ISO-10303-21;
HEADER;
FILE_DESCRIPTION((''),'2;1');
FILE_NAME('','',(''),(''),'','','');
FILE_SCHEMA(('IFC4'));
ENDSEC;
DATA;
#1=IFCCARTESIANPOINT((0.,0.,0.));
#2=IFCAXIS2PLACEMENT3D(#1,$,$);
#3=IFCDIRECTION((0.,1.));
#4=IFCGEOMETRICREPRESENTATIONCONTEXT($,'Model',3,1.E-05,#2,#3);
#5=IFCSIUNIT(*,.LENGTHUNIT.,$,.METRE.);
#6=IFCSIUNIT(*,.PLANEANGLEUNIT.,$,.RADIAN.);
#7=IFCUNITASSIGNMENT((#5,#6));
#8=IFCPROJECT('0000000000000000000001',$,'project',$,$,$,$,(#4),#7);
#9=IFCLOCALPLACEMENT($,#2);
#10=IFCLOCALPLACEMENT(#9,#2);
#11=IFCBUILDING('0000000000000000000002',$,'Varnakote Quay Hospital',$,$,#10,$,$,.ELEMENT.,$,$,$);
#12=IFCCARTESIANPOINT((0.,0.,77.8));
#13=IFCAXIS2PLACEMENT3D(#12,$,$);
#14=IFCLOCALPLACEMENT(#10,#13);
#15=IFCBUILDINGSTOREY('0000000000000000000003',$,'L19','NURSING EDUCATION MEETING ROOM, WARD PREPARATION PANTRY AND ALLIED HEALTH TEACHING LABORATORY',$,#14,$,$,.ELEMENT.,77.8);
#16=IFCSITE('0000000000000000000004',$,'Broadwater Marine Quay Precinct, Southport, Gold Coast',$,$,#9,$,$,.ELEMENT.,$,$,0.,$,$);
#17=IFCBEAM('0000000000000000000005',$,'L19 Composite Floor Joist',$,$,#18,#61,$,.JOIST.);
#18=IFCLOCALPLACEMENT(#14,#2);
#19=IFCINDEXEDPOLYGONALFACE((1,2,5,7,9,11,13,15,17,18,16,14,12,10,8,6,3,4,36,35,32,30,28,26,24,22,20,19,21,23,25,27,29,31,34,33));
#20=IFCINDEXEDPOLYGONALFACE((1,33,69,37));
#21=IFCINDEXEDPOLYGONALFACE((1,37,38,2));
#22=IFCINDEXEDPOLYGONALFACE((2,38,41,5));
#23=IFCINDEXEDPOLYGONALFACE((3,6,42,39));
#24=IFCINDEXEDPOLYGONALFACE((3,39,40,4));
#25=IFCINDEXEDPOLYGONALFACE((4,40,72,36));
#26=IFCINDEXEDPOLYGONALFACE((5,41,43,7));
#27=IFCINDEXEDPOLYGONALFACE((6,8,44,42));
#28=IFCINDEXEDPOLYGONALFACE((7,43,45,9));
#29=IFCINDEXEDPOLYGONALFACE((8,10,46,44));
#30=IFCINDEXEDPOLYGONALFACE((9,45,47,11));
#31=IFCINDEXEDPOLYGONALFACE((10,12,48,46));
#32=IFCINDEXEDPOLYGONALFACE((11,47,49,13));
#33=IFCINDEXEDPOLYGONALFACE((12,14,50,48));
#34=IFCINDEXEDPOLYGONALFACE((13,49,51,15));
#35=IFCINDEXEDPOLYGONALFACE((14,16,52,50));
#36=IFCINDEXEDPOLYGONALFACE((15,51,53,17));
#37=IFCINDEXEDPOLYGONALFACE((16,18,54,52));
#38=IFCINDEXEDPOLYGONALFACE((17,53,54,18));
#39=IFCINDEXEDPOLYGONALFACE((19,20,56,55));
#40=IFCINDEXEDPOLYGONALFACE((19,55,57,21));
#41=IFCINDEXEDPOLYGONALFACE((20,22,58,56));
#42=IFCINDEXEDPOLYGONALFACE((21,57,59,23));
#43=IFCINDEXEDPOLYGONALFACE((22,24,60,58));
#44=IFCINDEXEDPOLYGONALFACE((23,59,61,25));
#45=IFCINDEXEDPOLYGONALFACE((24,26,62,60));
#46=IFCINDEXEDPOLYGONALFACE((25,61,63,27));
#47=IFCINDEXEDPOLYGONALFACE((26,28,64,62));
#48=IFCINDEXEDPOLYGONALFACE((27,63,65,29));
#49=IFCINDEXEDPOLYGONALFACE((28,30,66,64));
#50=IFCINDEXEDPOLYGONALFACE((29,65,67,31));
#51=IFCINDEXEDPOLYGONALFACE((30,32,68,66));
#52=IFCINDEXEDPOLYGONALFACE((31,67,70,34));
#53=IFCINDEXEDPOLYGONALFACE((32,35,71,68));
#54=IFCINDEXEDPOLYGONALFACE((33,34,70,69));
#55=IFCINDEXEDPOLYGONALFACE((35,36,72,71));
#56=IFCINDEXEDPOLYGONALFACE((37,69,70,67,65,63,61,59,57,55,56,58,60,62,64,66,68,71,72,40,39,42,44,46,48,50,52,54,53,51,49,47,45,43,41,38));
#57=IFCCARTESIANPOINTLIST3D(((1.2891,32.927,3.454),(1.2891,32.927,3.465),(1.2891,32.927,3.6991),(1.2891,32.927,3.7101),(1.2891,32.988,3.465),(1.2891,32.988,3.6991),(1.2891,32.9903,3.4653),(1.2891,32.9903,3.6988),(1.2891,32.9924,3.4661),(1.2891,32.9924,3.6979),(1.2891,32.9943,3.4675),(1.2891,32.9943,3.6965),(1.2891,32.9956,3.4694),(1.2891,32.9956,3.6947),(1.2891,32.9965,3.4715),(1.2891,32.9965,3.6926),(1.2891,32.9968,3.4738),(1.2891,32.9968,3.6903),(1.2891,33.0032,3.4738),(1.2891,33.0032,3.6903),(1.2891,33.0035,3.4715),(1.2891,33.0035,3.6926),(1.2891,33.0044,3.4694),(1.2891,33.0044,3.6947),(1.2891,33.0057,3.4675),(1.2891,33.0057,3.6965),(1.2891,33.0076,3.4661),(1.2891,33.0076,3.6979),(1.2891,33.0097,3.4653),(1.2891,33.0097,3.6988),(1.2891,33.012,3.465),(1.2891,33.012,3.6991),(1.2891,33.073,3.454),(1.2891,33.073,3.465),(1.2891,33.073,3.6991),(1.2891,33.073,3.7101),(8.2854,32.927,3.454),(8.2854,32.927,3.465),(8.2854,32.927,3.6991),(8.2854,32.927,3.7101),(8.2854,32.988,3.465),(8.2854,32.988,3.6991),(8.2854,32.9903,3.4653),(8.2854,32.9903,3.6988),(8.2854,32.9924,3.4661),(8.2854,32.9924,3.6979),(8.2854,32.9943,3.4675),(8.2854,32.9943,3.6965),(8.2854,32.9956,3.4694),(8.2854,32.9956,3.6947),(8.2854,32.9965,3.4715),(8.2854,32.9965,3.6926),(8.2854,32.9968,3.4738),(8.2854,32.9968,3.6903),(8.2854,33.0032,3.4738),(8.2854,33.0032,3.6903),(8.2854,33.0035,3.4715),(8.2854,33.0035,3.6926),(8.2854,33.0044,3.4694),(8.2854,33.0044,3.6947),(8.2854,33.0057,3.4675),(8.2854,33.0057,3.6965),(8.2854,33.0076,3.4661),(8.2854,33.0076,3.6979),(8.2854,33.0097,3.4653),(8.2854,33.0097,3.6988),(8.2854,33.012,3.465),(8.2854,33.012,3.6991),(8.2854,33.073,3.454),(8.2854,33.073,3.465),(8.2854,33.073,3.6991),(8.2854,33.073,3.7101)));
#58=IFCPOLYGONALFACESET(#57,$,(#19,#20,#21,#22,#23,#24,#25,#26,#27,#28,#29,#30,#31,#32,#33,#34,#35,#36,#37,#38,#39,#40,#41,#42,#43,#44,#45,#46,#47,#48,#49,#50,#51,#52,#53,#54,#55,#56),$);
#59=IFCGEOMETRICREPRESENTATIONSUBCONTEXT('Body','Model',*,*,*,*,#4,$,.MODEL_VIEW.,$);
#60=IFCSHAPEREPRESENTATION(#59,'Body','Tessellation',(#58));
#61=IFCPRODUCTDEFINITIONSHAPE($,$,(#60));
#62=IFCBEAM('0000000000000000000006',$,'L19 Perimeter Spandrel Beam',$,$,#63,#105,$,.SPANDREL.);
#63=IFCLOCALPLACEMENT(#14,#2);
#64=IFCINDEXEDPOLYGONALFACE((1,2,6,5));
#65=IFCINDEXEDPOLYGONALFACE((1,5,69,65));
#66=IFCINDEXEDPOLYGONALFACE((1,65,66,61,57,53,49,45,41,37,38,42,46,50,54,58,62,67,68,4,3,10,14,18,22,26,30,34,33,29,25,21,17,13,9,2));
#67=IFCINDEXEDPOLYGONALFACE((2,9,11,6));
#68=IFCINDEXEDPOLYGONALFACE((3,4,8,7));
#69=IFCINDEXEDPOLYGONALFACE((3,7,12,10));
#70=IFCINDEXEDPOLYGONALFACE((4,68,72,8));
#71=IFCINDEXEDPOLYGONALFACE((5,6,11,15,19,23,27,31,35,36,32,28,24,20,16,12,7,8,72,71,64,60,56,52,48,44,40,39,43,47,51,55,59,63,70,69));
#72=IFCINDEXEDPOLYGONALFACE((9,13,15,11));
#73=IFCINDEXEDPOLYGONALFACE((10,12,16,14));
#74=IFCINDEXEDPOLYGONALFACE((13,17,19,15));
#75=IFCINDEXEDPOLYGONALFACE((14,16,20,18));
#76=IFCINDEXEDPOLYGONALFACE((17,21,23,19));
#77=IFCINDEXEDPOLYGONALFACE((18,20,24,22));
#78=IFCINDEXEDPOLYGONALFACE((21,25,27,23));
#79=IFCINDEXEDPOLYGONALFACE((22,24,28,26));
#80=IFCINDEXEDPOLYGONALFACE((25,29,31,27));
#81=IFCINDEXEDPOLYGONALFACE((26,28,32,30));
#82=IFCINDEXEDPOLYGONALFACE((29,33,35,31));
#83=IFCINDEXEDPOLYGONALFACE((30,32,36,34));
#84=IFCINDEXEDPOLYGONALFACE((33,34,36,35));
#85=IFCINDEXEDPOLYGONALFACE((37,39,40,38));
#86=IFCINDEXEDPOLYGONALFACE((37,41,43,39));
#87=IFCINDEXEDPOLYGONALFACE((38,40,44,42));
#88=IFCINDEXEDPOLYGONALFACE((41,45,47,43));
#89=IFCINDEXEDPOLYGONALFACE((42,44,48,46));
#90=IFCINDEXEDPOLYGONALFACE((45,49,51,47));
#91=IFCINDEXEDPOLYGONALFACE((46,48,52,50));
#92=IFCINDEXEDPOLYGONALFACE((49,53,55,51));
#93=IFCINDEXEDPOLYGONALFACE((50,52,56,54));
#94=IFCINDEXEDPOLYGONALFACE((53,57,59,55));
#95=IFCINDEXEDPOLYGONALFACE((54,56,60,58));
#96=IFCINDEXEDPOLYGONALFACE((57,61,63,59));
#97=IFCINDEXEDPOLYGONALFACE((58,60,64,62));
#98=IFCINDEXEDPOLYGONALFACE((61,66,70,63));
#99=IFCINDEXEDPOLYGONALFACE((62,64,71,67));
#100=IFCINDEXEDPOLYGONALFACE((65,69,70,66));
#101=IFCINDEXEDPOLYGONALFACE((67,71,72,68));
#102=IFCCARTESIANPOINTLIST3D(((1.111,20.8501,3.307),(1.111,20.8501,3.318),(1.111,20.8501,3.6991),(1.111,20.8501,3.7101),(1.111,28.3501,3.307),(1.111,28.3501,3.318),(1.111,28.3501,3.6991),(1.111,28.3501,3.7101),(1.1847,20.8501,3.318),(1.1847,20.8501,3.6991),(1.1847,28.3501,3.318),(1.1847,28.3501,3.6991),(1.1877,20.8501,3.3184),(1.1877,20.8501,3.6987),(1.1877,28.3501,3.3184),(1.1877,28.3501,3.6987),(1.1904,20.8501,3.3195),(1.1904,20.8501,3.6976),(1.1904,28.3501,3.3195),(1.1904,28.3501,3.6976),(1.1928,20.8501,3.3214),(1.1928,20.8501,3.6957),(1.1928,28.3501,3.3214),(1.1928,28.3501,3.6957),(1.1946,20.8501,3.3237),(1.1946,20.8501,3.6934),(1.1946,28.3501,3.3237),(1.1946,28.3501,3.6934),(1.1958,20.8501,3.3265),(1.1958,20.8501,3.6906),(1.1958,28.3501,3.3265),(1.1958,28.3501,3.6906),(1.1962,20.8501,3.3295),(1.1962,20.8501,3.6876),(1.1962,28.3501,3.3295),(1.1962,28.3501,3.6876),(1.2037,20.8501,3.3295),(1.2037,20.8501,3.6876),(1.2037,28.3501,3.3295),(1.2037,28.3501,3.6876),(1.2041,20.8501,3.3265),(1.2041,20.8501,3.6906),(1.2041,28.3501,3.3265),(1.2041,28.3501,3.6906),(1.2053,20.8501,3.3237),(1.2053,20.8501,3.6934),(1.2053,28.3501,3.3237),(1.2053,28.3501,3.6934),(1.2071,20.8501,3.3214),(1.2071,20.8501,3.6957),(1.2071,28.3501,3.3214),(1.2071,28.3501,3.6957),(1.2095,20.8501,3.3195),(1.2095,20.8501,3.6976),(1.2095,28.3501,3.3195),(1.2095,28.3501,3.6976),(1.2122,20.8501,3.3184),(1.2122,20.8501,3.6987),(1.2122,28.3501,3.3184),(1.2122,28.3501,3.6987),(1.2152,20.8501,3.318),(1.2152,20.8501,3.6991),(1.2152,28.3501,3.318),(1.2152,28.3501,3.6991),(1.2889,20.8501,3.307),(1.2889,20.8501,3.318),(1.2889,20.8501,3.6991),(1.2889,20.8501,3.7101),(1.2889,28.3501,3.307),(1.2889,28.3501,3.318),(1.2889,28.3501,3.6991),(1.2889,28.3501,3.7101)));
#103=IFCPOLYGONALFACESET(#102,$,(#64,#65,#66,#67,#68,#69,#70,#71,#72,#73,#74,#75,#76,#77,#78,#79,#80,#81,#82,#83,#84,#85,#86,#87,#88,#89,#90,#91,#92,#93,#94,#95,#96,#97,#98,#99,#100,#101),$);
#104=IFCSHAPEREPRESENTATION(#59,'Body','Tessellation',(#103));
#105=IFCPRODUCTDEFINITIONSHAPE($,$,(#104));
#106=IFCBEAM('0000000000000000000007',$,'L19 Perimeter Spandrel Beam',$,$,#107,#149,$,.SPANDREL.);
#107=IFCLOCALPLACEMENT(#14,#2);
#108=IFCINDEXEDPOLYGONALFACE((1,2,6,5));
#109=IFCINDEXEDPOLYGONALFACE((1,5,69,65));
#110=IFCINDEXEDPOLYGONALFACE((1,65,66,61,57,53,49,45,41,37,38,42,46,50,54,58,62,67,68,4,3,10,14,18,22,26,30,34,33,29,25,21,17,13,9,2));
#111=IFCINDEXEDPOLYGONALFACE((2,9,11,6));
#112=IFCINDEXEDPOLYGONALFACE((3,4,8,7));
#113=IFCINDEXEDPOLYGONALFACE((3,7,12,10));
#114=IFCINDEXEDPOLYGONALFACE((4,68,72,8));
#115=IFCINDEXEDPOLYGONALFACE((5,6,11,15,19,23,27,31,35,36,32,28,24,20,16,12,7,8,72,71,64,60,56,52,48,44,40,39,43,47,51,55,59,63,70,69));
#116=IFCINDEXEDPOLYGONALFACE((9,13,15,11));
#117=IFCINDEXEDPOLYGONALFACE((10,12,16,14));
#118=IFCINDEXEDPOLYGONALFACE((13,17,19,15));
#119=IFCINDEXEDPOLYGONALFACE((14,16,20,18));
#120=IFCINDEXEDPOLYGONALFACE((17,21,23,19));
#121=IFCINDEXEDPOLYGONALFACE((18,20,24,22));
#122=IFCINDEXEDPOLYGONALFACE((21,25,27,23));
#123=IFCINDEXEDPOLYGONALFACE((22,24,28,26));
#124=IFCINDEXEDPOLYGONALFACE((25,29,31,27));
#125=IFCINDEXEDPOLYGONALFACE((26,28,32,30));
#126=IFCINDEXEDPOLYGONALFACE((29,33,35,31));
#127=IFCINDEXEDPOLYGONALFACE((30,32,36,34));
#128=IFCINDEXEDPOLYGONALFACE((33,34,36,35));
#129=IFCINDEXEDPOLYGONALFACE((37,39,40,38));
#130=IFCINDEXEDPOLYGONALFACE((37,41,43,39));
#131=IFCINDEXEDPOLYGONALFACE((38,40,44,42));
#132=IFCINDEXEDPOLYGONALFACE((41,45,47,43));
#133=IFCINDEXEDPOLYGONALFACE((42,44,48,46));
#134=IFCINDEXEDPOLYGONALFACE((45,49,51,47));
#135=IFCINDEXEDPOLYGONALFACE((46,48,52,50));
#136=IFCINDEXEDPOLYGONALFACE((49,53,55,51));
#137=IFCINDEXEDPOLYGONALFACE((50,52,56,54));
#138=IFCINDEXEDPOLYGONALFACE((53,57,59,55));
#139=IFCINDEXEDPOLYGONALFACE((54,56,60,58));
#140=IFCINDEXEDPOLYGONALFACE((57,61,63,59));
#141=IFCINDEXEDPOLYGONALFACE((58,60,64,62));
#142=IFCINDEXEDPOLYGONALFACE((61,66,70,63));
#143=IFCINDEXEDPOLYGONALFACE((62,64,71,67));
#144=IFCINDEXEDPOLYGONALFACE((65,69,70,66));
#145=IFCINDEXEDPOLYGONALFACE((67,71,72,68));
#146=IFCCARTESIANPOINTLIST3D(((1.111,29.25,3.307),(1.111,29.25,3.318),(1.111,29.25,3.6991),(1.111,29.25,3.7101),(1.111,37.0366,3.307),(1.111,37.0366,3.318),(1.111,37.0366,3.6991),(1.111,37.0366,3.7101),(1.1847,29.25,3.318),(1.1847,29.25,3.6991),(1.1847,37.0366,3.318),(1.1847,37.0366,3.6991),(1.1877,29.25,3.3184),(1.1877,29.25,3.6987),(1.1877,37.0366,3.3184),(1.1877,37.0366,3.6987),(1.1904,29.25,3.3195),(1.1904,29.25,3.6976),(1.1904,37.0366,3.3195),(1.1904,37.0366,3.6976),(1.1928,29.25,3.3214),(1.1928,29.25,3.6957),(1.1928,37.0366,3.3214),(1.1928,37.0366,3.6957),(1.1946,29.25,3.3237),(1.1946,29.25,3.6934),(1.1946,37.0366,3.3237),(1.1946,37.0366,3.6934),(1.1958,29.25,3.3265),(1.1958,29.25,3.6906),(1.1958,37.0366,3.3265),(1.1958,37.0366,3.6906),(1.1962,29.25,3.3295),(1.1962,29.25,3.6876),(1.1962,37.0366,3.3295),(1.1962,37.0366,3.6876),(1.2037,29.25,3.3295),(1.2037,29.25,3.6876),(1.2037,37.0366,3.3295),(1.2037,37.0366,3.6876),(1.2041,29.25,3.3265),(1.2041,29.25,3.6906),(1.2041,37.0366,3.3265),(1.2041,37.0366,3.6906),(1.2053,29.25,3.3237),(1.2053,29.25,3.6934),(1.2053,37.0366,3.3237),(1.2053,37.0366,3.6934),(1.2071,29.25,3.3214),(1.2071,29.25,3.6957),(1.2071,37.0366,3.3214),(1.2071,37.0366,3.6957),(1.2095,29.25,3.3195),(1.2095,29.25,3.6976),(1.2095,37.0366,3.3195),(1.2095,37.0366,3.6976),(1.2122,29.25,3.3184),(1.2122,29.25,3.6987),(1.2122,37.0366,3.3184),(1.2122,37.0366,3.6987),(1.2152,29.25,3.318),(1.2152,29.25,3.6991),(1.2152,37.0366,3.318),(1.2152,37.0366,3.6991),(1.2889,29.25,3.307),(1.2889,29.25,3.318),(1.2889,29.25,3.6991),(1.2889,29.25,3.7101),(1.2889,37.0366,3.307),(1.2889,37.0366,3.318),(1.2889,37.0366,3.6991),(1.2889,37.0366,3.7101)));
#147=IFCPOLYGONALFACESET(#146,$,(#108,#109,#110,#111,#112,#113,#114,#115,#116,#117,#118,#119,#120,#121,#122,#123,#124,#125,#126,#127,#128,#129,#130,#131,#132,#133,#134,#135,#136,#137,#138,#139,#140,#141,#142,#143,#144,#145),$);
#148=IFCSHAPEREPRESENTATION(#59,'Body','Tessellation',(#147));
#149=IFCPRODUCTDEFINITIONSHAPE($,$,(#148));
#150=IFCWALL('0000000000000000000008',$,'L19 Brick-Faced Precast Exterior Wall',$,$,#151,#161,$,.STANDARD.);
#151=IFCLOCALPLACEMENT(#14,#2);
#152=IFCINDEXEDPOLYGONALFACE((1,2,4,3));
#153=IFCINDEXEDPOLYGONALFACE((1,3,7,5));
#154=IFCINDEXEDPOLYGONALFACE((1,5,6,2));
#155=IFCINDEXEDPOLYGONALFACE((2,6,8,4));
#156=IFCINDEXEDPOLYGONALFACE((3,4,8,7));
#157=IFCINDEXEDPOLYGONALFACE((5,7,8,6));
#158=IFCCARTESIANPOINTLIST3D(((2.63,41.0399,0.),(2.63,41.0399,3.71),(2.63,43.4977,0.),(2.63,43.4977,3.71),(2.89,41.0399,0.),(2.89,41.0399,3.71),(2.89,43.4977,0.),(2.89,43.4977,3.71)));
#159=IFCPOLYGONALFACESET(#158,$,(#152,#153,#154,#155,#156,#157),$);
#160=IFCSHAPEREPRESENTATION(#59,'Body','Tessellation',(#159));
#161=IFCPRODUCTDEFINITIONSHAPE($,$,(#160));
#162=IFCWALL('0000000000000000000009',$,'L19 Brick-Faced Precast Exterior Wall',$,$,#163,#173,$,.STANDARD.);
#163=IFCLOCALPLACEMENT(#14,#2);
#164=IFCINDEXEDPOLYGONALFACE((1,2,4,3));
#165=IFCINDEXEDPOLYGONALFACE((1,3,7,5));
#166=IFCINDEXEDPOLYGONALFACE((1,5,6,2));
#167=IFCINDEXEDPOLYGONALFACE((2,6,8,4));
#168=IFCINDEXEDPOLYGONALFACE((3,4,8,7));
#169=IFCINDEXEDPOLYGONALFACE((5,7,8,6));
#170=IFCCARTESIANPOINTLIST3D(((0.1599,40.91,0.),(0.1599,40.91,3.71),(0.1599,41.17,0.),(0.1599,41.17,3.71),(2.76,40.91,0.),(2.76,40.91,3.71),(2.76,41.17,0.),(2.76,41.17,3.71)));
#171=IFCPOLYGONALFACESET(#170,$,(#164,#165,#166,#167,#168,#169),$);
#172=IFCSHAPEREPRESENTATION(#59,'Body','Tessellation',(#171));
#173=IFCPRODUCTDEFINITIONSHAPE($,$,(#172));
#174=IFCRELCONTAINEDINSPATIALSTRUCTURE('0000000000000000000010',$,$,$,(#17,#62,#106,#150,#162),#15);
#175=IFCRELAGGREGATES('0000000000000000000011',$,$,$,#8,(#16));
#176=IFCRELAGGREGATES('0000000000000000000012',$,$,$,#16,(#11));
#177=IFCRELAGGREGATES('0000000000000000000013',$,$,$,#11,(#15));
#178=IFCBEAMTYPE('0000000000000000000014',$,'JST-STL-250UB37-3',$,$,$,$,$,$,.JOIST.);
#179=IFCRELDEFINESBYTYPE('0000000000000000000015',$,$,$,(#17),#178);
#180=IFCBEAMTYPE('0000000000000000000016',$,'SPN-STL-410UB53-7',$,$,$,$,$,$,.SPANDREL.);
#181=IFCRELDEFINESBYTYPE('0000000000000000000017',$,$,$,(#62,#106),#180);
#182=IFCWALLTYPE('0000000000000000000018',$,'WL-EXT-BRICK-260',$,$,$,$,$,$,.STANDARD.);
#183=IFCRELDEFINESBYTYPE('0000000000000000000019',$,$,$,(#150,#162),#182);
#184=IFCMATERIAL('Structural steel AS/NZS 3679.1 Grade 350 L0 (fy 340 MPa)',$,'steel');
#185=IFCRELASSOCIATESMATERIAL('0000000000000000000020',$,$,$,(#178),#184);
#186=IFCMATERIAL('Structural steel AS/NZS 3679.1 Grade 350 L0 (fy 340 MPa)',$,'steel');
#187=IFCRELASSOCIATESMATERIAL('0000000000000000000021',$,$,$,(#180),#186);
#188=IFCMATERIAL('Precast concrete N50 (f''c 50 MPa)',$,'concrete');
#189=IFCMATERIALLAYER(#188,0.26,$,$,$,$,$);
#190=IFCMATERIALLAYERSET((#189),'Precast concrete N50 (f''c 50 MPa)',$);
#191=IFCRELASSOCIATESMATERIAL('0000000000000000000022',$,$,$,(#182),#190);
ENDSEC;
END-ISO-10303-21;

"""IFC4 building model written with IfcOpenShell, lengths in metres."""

from ifc_helpers import new_model, si_unit, direction, frame, frame_2d, origin, origin_2d, place, context, subcontext, project, spatial, rectangle, i_section, extrude, material, layer, layer_set, material_profile, profile_set, type_object, element, save


model = new_model("IFC4")

# Units and contexts
model_context = context("Model", 3, precision=1e-05, world=origin(), true_north=direction((0.0, 1.0)))
body_context = subcontext(model_context, "Body", "Model", "MODEL_VIEW")
ifc_project = project(units=[si_unit("LENGTHUNIT", "METRE"), si_unit("PLANEANGLEUNIT", "RADIAN")], contexts=[model_context])

# Site, building, storey
site_placement = place(None, origin())
site = spatial("IfcSite", under=ifc_project, at=site_placement, Name="Broadwater Marine Quay Precinct, Southport, Gold Coast", CompositionType="ELEMENT", RefElevation=0.0)
building_placement = place(site_placement, origin())
building = spatial("IfcBuilding", under=site, at=building_placement, Name="Varnakote Quay Hospital", CompositionType="ELEMENT")
storey_placement = place(building_placement, frame((0.0, 0.0, 77.8)))
storey = spatial("IfcBuildingStorey", under=building, at=storey_placement, Name="L19", Description="NURSING EDUCATION MEETING ROOM, WARD PREPARATION PANTRY AND ALLIED HEALTH TEACHING LABORATORY", CompositionType="ELEMENT", Elevation=77.8)

# Beams
ifc_material_1 = material(Name="Structural steel AS/NZS 3679.1 Grade 350 L0 (fy 340 MPa)", Category="steel")
ifc_material_profile_1 = material_profile(ifc_material_1, i_section(OverallWidth=0.146, OverallDepth=0.2561, WebThickness=0.0063, FlangeThickness=0.011, FilletRadius=0.0088, at=origin_2d()), Name="250UB37.3")
ifc_profile_set_1 = profile_set([ifc_material_profile_1], Name="Structural steel AS/NZS 3679.1 Grade 350 L0 (fy 340 MPa)")
beam_type_1 = type_object("IfcBeamType", Name="JST-STL-250UB37-3", PredefinedType="JOIST", material=ifc_profile_set_1)
for number, where, z_axis, x_axis, name in (
    (1, (1.2891, 33.0, 3.582), (1.0, 0.0, 0.0), (0.0, 1.0, 0.0), "L19 Composite Floor Joist"),
):
    element("IfcBeam", number, at=place(storey_placement, frame(where, z_axis=z_axis, x_axis=x_axis)), inside=storey, type_object=beam_type_1, Name=name, PredefinedType="JOIST", context=body_context, shape_type="SweptSolid", body=[
        extrude(i_section(OverallWidth=0.146, OverallDepth=0.2561, WebThickness=0.0063, FlangeThickness=0.011, FilletRadius=0.0088, at=origin_2d()), origin(), (0.0, 0.0, 1.0), 6.9963),
    ])
ifc_material_2 = material(Name="Structural steel AS/NZS 3679.1 Grade 350 L0 (fy 340 MPa)", Category="steel")
ifc_material_profile_2 = material_profile(ifc_material_2, i_section(OverallWidth=0.178, OverallDepth=0.4031, WebThickness=0.0076, FlangeThickness=0.011, FilletRadius=0.0115, at=origin_2d()), Name="410UB53.7")
ifc_profile_set_2 = profile_set([ifc_material_profile_2], Name="Structural steel AS/NZS 3679.1 Grade 350 L0 (fy 340 MPa)")
beam_type_2 = type_object("IfcBeamType", Name="SPN-STL-410UB53-7", PredefinedType="SPANDREL", material=ifc_profile_set_2)
beam_1_placement = place(storey_placement, frame((1.2, 20.8501, 3.5085), z_axis=(0.0, 1.0, 0.0), x_axis=(-1.0, 0.0, 0.0)))
element("IfcBeam", 2, at=beam_1_placement, inside=storey, type_object=beam_type_2, Name="L19 Perimeter Spandrel Beam", PredefinedType="SPANDREL", context=body_context, shape_type="SweptSolid", body=[
    extrude(i_section(OverallWidth=0.178, OverallDepth=0.4031, WebThickness=0.0076, FlangeThickness=0.011, FilletRadius=0.0115, at=origin_2d()), origin(), (0.0, 0.0, 1.0), 7.5),
])
beam_2_placement = place(storey_placement, frame((1.2, 29.25, 3.5085), z_axis=(0.0, 1.0, 0.0), x_axis=(-1.0, 0.0, 0.0)))
element("IfcBeam", 3, at=beam_2_placement, inside=storey, type_object=beam_type_2, Name="L19 Perimeter Spandrel Beam", PredefinedType="SPANDREL", context=body_context, shape_type="SweptSolid", body=[
    extrude(i_section(OverallWidth=0.178, OverallDepth=0.4031, WebThickness=0.0076, FlangeThickness=0.011, FilletRadius=0.0115, at=origin_2d()), origin(), (0.0, 0.0, 1.0), 7.7866),
])

# Walls
ifc_material_3 = material(Name="Precast concrete N50 (f'c 50 MPa)", Category="concrete")
ifc_layer_1 = layer(ifc_material_3, 0.26)
ifc_layer_set_1 = layer_set([ifc_layer_1], Name="Precast concrete N50 (f'c 50 MPa)")
wall_type_1 = type_object("IfcWallType", Name="WL-EXT-BRICK-260", PredefinedType="STANDARD", material=ifc_layer_set_1)
wall_1_placement = place(storey_placement, frame((2.76, 43.4978, 0.0), z_axis=(0.0, 0.0, 1.0), x_axis=(0.0, -1.0, 0.0)))
element("IfcWall", 4, at=wall_1_placement, inside=storey, type_object=wall_type_1, Name="L19 Brick-Faced Precast Exterior Wall", PredefinedType="STANDARD", context=body_context, shape_type="SweptSolid", body=[
    extrude(rectangle(XDim=2.4578, YDim=0.26, at=frame_2d((1.229, 0.0))), origin(), (0.0, 0.0, 1.0), 3.71),
])
wall_2_placement = place(storey_placement, frame((2.76, 41.04, 0.0), z_axis=(0.0, 0.0, 1.0), x_axis=(-1.0, 0.0, 0.0)))
element("IfcWall", 5, at=wall_2_placement, inside=storey, type_object=wall_type_1, Name="L19 Brick-Faced Precast Exterior Wall", PredefinedType="STANDARD", context=body_context, shape_type="SweptSolid", body=[
    extrude(rectangle(XDim=2.6001, YDim=0.26, at=frame_2d((1.3, 0.0))), origin(), (0.0, 0.0, 1.0), 3.71),
])

save(model, "model.ifc")
